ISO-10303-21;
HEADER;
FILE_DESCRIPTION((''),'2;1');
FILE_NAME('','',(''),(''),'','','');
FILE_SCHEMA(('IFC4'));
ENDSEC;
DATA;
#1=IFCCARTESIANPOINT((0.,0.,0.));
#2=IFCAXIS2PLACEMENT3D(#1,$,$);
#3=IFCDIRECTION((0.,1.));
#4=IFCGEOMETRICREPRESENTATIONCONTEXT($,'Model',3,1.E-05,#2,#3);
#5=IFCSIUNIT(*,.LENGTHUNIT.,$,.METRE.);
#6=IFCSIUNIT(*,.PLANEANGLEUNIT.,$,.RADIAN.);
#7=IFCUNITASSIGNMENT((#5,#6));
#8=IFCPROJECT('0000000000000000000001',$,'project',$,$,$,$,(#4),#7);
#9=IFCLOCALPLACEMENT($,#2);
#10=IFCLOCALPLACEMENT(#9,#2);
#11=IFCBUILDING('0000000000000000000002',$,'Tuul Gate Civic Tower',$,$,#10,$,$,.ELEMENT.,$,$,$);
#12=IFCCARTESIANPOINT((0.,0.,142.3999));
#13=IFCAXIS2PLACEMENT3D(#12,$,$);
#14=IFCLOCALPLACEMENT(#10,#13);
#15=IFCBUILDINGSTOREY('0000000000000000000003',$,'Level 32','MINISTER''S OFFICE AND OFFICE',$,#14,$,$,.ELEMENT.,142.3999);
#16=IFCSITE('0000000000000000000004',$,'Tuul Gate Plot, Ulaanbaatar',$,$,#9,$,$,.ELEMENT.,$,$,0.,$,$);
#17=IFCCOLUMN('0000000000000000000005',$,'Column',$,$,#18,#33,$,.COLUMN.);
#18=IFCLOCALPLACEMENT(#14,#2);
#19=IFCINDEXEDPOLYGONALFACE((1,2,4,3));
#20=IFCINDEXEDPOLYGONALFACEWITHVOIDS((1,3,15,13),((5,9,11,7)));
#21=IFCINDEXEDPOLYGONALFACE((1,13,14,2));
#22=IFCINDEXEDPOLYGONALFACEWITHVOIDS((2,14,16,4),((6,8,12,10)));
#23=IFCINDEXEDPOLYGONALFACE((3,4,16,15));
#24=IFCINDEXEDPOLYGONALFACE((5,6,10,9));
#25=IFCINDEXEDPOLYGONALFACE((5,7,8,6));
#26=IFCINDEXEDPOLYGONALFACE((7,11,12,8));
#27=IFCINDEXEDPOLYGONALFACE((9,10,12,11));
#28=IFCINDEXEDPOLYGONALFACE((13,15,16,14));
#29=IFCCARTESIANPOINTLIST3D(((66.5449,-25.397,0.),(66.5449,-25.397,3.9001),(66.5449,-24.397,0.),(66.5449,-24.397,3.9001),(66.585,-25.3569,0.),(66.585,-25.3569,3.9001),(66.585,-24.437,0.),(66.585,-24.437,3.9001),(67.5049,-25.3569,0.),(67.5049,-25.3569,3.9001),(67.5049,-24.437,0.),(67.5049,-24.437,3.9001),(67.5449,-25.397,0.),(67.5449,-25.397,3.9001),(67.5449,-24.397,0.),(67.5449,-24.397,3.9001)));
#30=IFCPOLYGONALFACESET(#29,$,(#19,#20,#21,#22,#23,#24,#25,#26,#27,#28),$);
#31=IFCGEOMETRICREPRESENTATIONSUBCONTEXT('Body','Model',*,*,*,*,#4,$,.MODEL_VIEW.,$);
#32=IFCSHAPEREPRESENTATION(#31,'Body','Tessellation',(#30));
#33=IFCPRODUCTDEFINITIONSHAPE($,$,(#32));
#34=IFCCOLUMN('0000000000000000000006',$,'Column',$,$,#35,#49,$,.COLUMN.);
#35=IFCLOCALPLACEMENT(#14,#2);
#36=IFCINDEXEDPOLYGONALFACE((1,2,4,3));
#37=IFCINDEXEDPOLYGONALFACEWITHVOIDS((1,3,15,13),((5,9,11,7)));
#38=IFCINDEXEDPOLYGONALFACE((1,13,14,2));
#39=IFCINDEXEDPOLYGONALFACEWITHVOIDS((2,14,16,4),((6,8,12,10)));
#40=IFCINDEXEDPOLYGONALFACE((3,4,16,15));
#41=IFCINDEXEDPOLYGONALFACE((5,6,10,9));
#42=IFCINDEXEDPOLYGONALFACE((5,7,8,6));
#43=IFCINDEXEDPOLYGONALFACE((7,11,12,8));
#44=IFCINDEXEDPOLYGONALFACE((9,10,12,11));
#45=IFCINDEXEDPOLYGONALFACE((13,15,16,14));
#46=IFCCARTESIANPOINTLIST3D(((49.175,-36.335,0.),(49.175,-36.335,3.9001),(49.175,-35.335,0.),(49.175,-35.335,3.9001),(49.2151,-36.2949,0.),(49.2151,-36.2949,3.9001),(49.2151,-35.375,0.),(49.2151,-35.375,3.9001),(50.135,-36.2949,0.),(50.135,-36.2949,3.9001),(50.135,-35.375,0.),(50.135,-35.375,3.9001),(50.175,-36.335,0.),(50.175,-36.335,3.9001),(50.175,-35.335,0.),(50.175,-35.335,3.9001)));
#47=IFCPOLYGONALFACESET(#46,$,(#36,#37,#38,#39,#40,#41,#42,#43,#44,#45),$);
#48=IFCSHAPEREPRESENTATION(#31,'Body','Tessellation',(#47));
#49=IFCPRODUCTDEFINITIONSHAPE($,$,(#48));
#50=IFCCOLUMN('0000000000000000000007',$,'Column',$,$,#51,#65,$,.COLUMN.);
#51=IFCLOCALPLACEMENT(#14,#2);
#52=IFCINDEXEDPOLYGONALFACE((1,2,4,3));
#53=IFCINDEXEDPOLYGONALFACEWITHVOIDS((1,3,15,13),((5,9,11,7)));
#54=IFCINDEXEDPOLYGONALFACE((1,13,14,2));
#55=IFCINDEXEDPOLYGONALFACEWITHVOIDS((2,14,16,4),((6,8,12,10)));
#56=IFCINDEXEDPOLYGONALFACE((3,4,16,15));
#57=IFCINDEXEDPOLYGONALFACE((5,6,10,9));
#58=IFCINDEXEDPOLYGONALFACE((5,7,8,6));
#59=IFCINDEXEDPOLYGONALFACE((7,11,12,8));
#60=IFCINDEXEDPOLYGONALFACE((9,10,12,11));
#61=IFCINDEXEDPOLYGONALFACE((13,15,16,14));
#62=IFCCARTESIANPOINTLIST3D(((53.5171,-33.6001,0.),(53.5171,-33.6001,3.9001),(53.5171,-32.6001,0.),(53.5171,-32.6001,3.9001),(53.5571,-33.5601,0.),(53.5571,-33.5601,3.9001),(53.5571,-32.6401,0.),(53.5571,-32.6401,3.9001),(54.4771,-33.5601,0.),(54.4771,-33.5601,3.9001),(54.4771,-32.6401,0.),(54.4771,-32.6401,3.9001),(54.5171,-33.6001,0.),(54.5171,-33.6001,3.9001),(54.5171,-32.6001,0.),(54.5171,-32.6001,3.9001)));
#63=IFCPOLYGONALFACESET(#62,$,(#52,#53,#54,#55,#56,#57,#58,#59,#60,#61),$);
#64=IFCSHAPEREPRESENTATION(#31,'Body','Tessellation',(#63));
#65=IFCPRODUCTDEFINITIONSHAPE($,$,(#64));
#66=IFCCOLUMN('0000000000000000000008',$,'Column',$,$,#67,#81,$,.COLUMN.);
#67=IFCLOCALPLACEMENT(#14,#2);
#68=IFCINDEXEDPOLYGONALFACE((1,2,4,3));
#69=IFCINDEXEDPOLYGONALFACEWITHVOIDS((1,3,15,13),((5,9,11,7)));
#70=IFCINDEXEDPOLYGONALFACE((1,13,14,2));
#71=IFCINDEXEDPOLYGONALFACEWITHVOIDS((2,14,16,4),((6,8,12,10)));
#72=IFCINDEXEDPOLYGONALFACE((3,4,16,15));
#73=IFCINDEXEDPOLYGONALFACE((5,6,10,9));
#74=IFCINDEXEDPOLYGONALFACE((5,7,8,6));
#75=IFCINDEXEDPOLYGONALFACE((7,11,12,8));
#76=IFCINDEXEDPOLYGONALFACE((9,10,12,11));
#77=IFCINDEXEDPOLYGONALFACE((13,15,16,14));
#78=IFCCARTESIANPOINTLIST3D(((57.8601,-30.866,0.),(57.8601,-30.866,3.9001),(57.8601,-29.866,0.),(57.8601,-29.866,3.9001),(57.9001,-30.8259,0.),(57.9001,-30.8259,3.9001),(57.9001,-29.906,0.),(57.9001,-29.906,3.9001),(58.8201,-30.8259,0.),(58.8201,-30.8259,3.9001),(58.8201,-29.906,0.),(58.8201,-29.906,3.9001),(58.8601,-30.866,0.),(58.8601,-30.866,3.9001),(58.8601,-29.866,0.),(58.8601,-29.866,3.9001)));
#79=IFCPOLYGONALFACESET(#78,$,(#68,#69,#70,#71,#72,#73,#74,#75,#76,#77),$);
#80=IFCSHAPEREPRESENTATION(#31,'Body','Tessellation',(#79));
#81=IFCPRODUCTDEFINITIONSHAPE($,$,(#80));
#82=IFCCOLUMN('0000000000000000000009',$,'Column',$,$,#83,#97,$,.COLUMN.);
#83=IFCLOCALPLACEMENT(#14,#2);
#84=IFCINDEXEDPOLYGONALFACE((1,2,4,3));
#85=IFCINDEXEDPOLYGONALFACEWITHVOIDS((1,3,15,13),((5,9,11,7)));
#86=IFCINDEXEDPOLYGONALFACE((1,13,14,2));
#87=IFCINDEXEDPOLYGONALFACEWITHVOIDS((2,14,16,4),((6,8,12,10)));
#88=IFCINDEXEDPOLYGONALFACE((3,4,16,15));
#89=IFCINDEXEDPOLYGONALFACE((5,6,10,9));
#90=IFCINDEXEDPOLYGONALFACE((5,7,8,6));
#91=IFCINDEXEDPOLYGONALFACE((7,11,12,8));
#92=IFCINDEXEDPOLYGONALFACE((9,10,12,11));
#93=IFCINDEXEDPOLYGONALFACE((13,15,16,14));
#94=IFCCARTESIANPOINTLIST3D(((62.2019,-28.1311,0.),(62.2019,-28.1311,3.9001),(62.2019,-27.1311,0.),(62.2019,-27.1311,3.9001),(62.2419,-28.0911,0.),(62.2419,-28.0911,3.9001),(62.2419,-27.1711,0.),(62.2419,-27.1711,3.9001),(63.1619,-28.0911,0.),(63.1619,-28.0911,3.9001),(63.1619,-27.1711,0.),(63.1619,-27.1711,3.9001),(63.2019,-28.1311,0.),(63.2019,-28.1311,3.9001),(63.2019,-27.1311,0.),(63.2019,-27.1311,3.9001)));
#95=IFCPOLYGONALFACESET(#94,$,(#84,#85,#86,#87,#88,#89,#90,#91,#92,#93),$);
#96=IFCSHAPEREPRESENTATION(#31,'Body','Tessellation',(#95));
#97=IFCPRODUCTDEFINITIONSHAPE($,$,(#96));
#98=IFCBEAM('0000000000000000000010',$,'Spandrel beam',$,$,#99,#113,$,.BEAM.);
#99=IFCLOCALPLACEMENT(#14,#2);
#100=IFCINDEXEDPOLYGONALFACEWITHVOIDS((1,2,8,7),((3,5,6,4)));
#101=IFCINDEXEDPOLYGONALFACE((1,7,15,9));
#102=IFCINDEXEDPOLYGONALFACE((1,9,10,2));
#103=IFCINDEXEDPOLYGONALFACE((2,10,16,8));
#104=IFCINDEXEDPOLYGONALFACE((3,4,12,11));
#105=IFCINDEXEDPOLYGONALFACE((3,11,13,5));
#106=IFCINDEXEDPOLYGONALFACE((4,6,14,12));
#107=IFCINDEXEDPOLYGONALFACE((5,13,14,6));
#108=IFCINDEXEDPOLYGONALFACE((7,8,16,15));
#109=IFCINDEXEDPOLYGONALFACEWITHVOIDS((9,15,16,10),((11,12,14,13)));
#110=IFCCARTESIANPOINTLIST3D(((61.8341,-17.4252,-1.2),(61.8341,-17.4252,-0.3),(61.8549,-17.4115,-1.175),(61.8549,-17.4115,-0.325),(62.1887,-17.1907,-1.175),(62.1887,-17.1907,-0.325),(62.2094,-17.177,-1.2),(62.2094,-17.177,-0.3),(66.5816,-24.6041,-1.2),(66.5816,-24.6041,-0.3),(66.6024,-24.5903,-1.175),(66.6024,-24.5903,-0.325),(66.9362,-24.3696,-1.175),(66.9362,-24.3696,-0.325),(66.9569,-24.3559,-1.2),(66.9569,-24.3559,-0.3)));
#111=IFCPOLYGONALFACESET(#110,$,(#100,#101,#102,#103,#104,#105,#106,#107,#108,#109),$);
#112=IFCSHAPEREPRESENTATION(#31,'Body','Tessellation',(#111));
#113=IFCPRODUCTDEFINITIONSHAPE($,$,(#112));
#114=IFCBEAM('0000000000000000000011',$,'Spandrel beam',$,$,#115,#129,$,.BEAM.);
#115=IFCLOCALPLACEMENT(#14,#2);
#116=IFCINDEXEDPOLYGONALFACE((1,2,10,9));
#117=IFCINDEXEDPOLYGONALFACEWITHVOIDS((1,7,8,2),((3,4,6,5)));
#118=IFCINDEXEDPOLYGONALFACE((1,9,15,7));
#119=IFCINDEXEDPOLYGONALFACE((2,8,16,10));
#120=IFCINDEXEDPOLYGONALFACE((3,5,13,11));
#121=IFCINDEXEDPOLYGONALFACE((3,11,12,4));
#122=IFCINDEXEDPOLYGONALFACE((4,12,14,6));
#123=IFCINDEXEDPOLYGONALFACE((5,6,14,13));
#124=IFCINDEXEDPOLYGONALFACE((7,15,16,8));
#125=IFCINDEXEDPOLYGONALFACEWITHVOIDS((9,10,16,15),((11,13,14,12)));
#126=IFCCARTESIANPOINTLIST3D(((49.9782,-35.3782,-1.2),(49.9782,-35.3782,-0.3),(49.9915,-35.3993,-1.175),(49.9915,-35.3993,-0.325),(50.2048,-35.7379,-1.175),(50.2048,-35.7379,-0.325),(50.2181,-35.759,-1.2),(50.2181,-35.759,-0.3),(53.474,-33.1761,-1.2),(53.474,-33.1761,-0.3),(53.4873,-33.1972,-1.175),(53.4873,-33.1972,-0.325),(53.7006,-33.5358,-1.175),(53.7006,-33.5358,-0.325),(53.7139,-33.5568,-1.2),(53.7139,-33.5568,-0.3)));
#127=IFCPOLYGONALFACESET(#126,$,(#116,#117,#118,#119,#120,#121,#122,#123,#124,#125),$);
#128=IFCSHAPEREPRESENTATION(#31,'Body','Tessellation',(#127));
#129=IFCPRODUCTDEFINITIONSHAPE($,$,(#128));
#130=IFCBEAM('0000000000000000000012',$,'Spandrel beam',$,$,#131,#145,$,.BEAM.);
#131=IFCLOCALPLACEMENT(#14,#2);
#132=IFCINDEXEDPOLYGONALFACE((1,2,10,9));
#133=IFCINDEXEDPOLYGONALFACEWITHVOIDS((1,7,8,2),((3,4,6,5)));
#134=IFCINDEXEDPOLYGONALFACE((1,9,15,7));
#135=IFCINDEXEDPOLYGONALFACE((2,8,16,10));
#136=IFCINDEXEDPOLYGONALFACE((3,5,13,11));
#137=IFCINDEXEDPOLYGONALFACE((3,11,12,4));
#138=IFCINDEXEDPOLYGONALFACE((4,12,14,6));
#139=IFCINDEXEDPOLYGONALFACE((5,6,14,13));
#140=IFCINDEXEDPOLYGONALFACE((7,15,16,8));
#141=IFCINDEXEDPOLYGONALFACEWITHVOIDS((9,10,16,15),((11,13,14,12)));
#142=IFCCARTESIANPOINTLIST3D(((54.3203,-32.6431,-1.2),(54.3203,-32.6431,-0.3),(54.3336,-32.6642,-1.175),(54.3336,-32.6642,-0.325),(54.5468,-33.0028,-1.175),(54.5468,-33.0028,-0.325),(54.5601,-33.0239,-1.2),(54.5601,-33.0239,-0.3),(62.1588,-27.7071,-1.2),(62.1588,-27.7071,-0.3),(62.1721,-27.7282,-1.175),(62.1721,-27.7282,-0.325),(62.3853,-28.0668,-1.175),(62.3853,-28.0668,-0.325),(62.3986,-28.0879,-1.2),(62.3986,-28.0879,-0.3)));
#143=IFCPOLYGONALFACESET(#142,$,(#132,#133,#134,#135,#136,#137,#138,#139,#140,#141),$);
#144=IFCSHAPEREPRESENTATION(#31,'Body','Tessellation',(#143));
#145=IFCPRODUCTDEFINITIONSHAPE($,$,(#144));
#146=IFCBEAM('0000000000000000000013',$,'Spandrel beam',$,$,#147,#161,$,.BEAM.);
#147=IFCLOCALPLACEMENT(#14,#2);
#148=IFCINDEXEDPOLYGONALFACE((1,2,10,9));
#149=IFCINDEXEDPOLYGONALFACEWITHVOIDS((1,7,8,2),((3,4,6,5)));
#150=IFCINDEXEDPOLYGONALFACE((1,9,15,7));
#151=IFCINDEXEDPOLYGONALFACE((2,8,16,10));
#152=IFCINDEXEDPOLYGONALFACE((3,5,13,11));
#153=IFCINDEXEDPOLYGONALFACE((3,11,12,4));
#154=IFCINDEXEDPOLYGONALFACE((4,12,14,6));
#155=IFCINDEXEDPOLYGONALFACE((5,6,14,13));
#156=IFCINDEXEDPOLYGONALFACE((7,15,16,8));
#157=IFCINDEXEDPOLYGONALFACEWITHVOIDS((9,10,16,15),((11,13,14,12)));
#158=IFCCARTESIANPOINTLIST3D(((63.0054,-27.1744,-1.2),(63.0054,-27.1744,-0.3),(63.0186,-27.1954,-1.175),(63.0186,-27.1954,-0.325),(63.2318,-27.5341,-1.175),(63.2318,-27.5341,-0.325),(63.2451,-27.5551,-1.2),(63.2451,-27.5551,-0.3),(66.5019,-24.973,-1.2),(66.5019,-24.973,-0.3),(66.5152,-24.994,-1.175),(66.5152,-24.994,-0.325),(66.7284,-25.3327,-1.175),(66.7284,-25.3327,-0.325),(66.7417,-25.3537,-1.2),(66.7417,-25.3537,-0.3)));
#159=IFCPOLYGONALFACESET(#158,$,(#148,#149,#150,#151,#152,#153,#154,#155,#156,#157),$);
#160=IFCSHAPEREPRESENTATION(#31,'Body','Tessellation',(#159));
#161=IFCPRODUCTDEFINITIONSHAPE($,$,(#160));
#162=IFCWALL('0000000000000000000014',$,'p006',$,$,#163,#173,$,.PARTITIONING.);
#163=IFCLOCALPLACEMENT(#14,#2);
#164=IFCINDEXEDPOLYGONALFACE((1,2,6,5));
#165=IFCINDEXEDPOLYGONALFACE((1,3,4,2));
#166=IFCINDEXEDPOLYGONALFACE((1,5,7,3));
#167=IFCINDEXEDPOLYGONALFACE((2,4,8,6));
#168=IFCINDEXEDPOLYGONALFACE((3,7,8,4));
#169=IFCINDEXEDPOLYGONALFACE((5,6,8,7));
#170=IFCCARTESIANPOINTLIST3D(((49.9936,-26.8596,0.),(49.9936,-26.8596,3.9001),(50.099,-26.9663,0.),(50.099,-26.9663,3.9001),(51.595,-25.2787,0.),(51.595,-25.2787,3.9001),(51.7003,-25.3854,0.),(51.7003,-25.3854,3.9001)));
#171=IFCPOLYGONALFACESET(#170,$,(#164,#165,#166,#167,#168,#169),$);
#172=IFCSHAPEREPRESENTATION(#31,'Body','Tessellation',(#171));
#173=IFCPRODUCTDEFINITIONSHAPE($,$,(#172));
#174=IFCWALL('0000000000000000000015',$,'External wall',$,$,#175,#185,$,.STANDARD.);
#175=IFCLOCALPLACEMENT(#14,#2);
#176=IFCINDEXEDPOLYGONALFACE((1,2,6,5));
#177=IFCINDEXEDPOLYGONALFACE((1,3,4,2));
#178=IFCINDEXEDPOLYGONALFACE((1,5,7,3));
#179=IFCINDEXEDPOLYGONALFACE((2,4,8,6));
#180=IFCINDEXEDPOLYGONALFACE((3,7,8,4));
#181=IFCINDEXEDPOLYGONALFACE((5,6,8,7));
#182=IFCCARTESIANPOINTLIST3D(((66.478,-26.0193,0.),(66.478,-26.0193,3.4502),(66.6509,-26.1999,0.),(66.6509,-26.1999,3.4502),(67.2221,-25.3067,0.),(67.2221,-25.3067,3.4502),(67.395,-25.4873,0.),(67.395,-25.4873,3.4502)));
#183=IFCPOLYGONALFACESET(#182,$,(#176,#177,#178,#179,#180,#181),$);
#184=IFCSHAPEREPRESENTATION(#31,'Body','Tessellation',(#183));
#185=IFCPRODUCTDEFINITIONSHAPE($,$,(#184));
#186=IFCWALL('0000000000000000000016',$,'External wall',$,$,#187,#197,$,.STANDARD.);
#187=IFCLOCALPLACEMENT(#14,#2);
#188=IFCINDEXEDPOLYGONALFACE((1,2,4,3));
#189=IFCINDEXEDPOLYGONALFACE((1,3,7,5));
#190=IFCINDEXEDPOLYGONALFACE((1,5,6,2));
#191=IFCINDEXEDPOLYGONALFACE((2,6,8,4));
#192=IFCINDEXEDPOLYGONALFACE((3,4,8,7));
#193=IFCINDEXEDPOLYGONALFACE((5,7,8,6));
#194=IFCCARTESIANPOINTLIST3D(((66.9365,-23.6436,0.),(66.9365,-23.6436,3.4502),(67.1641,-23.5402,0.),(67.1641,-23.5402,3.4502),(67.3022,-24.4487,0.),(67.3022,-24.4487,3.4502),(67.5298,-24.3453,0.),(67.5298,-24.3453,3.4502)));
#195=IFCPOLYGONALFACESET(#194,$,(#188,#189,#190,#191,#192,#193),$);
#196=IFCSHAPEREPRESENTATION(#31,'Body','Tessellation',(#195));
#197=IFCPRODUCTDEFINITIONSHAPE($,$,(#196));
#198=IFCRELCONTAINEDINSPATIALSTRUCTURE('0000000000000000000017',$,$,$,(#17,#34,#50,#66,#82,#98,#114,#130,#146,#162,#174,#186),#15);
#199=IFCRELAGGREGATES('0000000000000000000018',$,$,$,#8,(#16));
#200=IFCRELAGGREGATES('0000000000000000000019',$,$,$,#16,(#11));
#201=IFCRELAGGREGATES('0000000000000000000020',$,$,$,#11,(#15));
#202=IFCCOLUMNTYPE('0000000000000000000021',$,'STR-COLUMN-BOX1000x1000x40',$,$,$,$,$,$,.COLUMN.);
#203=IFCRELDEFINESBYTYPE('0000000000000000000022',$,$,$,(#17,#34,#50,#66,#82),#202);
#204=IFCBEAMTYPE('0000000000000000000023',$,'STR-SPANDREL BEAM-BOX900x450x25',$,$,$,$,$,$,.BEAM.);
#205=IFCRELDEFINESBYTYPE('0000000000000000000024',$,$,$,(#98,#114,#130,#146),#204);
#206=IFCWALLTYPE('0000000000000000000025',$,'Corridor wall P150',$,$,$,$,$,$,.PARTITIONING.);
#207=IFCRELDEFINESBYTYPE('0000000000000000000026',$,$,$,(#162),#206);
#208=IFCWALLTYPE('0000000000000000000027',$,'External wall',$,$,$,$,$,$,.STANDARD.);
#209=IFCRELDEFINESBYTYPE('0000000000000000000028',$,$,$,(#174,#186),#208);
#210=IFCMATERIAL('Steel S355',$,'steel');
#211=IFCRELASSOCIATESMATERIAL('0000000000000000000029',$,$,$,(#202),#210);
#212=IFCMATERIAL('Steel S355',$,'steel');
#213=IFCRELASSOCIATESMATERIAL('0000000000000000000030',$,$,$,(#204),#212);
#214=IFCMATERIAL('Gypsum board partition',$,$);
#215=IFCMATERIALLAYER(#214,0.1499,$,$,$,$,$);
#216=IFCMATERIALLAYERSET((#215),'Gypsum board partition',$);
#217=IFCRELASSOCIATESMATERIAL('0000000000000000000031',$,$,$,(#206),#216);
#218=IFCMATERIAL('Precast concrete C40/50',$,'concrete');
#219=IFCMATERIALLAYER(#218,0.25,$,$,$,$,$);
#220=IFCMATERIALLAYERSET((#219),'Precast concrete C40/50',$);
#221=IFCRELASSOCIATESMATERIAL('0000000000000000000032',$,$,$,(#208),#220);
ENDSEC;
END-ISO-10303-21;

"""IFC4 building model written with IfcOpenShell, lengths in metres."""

from ifc_helpers import new_model, si_unit, direction, frame, frame_2d, origin, origin_2d, place, context, subcontext, project, spatial, rectangle, hollow_rectangle, extrude, material, layer, layer_set, material_profile, profile_set, type_object, element, save


model = new_model("IFC4")

# Units and contexts
model_context = context("Model", 3, precision=1e-05, world=origin(), true_north=direction((0.0, 1.0)))
body_context = subcontext(model_context, "Body", "Model", "MODEL_VIEW")
ifc_project = project(units=[si_unit("LENGTHUNIT", "METRE"), si_unit("PLANEANGLEUNIT", "RADIAN")], contexts=[model_context])

# Site, building, storey
site_placement = place(None, origin())
site = spatial("IfcSite", under=ifc_project, at=site_placement, Name="Tuul Gate Plot, Ulaanbaatar", CompositionType="ELEMENT", RefElevation=0.0)
building_placement = place(site_placement, origin())
building = spatial("IfcBuilding", under=site, at=building_placement, Name="Tuul Gate Civic Tower", CompositionType="ELEMENT")
storey_placement = place(building_placement, frame((0.0, 0.0, 142.3999)))
storey = spatial("IfcBuildingStorey", under=building, at=storey_placement, Name="Level 32", Description="MINISTER'S OFFICE AND OFFICE", CompositionType="ELEMENT", Elevation=142.3999)

# Columns
ifc_material_1 = material(Name="Steel S355", Category="steel")
ifc_material_profile_1 = material_profile(ifc_material_1, hollow_rectangle(XDim=1.0, YDim=1.0, WallThickness=0.04, at=origin_2d()), Name="BOX1000x1000x40")
ifc_profile_set_1 = profile_set([ifc_material_profile_1], Name="Steel S355")
column_type = type_object("IfcColumnType", Name="STR-COLUMN-BOX1000x1000x40", PredefinedType="COLUMN", material=ifc_profile_set_1)
for number, where, z_axis, x_axis, name in (
    (1, (67.0449, -24.897, 0.0), (0.0, 0.0, 1.0), (1.0, 0.0, 0.0), "Column"),
    (2, (49.675, -35.835, 0.0), (0.0, 0.0, 1.0), (1.0, 0.0, 0.0), "Column"),
    (3, (54.0171, -33.1001, 0.0), (0.0, 0.0, 1.0), (1.0, 0.0, 0.0), "Column"),
    (4, (58.3601, -30.366, 0.0), (0.0, 0.0, 1.0), (1.0, 0.0, 0.0), "Column"),
    (5, (62.7019, -27.6311, 0.0), (0.0, 0.0, 1.0), (1.0, 0.0, 0.0), "Column"),
):
    element("IfcColumn", number, at=place(storey_placement, frame(where, z_axis=z_axis, x_axis=x_axis)), inside=storey, type_object=column_type, Name=name, PredefinedType="COLUMN", context=body_context, shape_type="SweptSolid", body=[
        extrude(hollow_rectangle(XDim=1.0, YDim=1.0, WallThickness=0.04, at=origin_2d()), origin(), (0.0, 0.0, 1.0), 3.9001),
    ])

# Beams
ifc_material_2 = material(Name="Steel S355", Category="steel")
ifc_material_profile_2 = material_profile(ifc_material_2, hollow_rectangle(XDim=0.45, YDim=0.8999, WallThickness=0.0249, at=origin_2d()), Name="BOX900x450x25")
ifc_profile_set_2 = profile_set([ifc_material_profile_2], Name="Steel S355")
beam_type = type_object("IfcBeamType", Name="STR-SPANDREL BEAM-BOX900x450x25", PredefinedType="BEAM", material=ifc_profile_set_2)
beam_1_placement = place(storey_placement, frame((66.7693, -24.48, -0.75), z_axis=(-0.551607, 0.834104, 0.0), x_axis=(-0.834104, -0.551607, 0.0)))
element("IfcBeam", 6, at=beam_1_placement, inside=storey, type_object=beam_type, Name="Spandrel beam", PredefinedType="BEAM", context=body_context, shape_type="SweptSolid", body=[
    extrude(hollow_rectangle(XDim=0.45, YDim=0.8999, WallThickness=0.0249, at=origin_2d()), origin(), (0.0, 0.0, 1.0), 8.6067),
])
beam_2_placement = place(storey_placement, frame((50.0981, -35.5686, -0.75), z_axis=(0.846117, 0.532997, 0.0), x_axis=(-0.532997, 0.846117, 0.0)))
element("IfcBeam", 7, at=beam_2_placement, inside=storey, type_object=beam_type, Name="Spandrel beam", PredefinedType="BEAM", context=body_context, shape_type="SweptSolid", body=[
    extrude(hollow_rectangle(XDim=0.45, YDim=0.8999, WallThickness=0.0249, at=origin_2d()), origin(), (0.0, 0.0, 1.0), 4.1316),
])
beam_3_placement = place(storey_placement, frame((54.4402, -32.8335, -0.75), z_axis=(0.846203, 0.53286, 0.0), x_axis=(-0.53286, 0.846203, 0.0)))
element("IfcBeam", 8, at=beam_3_placement, inside=storey, type_object=beam_type, Name="Spandrel beam", PredefinedType="BEAM", context=body_context, shape_type="SweptSolid", body=[
    extrude(hollow_rectangle(XDim=0.45, YDim=0.8999, WallThickness=0.0249, at=origin_2d()), origin(), (0.0, 0.0, 1.0), 9.2632),
])
beam_4_placement = place(storey_placement, frame((63.1252, -27.3647, -0.75), z_axis=(0.846248, 0.53279, 0.0), x_axis=(-0.53279, 0.846248, 0.0)))
element("IfcBeam", 9, at=beam_4_placement, inside=storey, type_object=beam_type, Name="Spandrel beam", PredefinedType="BEAM", context=body_context, shape_type="SweptSolid", body=[
    extrude(hollow_rectangle(XDim=0.45, YDim=0.8999, WallThickness=0.0249, at=origin_2d()), origin(), (0.0, 0.0, 1.0), 4.1318),
])

# Walls
ifc_material_3 = material(Name="Gypsum board partition")
ifc_layer_1 = layer(ifc_material_3, 0.1499)
ifc_layer_set_1 = layer_set([ifc_layer_1], Name="Gypsum board partition")
wall_type_1 = type_object("IfcWallType", Name="Corridor wall P150", PredefinedType="PARTITIONING", material=ifc_layer_set_1)
wall_1_placement = place(storey_placement, frame((50.0464, -26.9128, 0.0), z_axis=(0.0, 0.0, 1.0), x_axis=(0.711649, 0.702535, 0.0)))
element("IfcWall", 10, at=wall_1_placement, inside=storey, type_object=wall_type_1, Name="p006", PredefinedType="PARTITIONING", context=body_context, shape_type="SweptSolid", body=[
    extrude(rectangle(XDim=2.2502, YDim=0.1499, at=frame_2d((1.125, 0.0))), origin(), (0.0, 0.0, 1.0), 3.9001),
])
ifc_material_4 = material(Name="Precast concrete C40/50", Category="concrete")
ifc_layer_2 = layer(ifc_material_4, 0.25)
ifc_layer_set_2 = layer_set([ifc_layer_2], Name="Precast concrete C40/50")
wall_type_2 = type_object("IfcWallType", Name="External wall", PredefinedType="STANDARD", material=ifc_layer_set_2)
wall_2_placement = place(storey_placement, frame((66.5645, -26.1096, 0.0), z_axis=(0.0, 0.0, 1.0), x_axis=(0.722225, 0.691658, 0.0)))
element("IfcWall", 11, at=wall_2_placement, inside=storey, type_object=wall_type_2, Name="External wall", PredefinedType="STANDARD", context=body_context, shape_type="SweptSolid", body=[
    extrude(rectangle(XDim=1.0303, YDim=0.25, at=frame_2d((0.5151, 0.0))), origin(), (0.0, 0.0, 1.0), 3.4502),
])
wall_3_placement = place(storey_placement, frame((67.416, -24.397, 0.0), z_axis=(0.0, 0.0, 1.0), x_axis=(-0.413553, 0.91048, 0.0)))
element("IfcWall", 12, at=wall_3_placement, inside=storey, type_object=wall_type_2, Name="External wall", PredefinedType="STANDARD", context=body_context, shape_type="SweptSolid", body=[
    extrude(rectangle(XDim=0.8843, YDim=0.25, at=frame_2d((0.4421, 0.0))), origin(), (0.0, 0.0, 1.0), 3.4502),
])

save(model, "model.ifc")
